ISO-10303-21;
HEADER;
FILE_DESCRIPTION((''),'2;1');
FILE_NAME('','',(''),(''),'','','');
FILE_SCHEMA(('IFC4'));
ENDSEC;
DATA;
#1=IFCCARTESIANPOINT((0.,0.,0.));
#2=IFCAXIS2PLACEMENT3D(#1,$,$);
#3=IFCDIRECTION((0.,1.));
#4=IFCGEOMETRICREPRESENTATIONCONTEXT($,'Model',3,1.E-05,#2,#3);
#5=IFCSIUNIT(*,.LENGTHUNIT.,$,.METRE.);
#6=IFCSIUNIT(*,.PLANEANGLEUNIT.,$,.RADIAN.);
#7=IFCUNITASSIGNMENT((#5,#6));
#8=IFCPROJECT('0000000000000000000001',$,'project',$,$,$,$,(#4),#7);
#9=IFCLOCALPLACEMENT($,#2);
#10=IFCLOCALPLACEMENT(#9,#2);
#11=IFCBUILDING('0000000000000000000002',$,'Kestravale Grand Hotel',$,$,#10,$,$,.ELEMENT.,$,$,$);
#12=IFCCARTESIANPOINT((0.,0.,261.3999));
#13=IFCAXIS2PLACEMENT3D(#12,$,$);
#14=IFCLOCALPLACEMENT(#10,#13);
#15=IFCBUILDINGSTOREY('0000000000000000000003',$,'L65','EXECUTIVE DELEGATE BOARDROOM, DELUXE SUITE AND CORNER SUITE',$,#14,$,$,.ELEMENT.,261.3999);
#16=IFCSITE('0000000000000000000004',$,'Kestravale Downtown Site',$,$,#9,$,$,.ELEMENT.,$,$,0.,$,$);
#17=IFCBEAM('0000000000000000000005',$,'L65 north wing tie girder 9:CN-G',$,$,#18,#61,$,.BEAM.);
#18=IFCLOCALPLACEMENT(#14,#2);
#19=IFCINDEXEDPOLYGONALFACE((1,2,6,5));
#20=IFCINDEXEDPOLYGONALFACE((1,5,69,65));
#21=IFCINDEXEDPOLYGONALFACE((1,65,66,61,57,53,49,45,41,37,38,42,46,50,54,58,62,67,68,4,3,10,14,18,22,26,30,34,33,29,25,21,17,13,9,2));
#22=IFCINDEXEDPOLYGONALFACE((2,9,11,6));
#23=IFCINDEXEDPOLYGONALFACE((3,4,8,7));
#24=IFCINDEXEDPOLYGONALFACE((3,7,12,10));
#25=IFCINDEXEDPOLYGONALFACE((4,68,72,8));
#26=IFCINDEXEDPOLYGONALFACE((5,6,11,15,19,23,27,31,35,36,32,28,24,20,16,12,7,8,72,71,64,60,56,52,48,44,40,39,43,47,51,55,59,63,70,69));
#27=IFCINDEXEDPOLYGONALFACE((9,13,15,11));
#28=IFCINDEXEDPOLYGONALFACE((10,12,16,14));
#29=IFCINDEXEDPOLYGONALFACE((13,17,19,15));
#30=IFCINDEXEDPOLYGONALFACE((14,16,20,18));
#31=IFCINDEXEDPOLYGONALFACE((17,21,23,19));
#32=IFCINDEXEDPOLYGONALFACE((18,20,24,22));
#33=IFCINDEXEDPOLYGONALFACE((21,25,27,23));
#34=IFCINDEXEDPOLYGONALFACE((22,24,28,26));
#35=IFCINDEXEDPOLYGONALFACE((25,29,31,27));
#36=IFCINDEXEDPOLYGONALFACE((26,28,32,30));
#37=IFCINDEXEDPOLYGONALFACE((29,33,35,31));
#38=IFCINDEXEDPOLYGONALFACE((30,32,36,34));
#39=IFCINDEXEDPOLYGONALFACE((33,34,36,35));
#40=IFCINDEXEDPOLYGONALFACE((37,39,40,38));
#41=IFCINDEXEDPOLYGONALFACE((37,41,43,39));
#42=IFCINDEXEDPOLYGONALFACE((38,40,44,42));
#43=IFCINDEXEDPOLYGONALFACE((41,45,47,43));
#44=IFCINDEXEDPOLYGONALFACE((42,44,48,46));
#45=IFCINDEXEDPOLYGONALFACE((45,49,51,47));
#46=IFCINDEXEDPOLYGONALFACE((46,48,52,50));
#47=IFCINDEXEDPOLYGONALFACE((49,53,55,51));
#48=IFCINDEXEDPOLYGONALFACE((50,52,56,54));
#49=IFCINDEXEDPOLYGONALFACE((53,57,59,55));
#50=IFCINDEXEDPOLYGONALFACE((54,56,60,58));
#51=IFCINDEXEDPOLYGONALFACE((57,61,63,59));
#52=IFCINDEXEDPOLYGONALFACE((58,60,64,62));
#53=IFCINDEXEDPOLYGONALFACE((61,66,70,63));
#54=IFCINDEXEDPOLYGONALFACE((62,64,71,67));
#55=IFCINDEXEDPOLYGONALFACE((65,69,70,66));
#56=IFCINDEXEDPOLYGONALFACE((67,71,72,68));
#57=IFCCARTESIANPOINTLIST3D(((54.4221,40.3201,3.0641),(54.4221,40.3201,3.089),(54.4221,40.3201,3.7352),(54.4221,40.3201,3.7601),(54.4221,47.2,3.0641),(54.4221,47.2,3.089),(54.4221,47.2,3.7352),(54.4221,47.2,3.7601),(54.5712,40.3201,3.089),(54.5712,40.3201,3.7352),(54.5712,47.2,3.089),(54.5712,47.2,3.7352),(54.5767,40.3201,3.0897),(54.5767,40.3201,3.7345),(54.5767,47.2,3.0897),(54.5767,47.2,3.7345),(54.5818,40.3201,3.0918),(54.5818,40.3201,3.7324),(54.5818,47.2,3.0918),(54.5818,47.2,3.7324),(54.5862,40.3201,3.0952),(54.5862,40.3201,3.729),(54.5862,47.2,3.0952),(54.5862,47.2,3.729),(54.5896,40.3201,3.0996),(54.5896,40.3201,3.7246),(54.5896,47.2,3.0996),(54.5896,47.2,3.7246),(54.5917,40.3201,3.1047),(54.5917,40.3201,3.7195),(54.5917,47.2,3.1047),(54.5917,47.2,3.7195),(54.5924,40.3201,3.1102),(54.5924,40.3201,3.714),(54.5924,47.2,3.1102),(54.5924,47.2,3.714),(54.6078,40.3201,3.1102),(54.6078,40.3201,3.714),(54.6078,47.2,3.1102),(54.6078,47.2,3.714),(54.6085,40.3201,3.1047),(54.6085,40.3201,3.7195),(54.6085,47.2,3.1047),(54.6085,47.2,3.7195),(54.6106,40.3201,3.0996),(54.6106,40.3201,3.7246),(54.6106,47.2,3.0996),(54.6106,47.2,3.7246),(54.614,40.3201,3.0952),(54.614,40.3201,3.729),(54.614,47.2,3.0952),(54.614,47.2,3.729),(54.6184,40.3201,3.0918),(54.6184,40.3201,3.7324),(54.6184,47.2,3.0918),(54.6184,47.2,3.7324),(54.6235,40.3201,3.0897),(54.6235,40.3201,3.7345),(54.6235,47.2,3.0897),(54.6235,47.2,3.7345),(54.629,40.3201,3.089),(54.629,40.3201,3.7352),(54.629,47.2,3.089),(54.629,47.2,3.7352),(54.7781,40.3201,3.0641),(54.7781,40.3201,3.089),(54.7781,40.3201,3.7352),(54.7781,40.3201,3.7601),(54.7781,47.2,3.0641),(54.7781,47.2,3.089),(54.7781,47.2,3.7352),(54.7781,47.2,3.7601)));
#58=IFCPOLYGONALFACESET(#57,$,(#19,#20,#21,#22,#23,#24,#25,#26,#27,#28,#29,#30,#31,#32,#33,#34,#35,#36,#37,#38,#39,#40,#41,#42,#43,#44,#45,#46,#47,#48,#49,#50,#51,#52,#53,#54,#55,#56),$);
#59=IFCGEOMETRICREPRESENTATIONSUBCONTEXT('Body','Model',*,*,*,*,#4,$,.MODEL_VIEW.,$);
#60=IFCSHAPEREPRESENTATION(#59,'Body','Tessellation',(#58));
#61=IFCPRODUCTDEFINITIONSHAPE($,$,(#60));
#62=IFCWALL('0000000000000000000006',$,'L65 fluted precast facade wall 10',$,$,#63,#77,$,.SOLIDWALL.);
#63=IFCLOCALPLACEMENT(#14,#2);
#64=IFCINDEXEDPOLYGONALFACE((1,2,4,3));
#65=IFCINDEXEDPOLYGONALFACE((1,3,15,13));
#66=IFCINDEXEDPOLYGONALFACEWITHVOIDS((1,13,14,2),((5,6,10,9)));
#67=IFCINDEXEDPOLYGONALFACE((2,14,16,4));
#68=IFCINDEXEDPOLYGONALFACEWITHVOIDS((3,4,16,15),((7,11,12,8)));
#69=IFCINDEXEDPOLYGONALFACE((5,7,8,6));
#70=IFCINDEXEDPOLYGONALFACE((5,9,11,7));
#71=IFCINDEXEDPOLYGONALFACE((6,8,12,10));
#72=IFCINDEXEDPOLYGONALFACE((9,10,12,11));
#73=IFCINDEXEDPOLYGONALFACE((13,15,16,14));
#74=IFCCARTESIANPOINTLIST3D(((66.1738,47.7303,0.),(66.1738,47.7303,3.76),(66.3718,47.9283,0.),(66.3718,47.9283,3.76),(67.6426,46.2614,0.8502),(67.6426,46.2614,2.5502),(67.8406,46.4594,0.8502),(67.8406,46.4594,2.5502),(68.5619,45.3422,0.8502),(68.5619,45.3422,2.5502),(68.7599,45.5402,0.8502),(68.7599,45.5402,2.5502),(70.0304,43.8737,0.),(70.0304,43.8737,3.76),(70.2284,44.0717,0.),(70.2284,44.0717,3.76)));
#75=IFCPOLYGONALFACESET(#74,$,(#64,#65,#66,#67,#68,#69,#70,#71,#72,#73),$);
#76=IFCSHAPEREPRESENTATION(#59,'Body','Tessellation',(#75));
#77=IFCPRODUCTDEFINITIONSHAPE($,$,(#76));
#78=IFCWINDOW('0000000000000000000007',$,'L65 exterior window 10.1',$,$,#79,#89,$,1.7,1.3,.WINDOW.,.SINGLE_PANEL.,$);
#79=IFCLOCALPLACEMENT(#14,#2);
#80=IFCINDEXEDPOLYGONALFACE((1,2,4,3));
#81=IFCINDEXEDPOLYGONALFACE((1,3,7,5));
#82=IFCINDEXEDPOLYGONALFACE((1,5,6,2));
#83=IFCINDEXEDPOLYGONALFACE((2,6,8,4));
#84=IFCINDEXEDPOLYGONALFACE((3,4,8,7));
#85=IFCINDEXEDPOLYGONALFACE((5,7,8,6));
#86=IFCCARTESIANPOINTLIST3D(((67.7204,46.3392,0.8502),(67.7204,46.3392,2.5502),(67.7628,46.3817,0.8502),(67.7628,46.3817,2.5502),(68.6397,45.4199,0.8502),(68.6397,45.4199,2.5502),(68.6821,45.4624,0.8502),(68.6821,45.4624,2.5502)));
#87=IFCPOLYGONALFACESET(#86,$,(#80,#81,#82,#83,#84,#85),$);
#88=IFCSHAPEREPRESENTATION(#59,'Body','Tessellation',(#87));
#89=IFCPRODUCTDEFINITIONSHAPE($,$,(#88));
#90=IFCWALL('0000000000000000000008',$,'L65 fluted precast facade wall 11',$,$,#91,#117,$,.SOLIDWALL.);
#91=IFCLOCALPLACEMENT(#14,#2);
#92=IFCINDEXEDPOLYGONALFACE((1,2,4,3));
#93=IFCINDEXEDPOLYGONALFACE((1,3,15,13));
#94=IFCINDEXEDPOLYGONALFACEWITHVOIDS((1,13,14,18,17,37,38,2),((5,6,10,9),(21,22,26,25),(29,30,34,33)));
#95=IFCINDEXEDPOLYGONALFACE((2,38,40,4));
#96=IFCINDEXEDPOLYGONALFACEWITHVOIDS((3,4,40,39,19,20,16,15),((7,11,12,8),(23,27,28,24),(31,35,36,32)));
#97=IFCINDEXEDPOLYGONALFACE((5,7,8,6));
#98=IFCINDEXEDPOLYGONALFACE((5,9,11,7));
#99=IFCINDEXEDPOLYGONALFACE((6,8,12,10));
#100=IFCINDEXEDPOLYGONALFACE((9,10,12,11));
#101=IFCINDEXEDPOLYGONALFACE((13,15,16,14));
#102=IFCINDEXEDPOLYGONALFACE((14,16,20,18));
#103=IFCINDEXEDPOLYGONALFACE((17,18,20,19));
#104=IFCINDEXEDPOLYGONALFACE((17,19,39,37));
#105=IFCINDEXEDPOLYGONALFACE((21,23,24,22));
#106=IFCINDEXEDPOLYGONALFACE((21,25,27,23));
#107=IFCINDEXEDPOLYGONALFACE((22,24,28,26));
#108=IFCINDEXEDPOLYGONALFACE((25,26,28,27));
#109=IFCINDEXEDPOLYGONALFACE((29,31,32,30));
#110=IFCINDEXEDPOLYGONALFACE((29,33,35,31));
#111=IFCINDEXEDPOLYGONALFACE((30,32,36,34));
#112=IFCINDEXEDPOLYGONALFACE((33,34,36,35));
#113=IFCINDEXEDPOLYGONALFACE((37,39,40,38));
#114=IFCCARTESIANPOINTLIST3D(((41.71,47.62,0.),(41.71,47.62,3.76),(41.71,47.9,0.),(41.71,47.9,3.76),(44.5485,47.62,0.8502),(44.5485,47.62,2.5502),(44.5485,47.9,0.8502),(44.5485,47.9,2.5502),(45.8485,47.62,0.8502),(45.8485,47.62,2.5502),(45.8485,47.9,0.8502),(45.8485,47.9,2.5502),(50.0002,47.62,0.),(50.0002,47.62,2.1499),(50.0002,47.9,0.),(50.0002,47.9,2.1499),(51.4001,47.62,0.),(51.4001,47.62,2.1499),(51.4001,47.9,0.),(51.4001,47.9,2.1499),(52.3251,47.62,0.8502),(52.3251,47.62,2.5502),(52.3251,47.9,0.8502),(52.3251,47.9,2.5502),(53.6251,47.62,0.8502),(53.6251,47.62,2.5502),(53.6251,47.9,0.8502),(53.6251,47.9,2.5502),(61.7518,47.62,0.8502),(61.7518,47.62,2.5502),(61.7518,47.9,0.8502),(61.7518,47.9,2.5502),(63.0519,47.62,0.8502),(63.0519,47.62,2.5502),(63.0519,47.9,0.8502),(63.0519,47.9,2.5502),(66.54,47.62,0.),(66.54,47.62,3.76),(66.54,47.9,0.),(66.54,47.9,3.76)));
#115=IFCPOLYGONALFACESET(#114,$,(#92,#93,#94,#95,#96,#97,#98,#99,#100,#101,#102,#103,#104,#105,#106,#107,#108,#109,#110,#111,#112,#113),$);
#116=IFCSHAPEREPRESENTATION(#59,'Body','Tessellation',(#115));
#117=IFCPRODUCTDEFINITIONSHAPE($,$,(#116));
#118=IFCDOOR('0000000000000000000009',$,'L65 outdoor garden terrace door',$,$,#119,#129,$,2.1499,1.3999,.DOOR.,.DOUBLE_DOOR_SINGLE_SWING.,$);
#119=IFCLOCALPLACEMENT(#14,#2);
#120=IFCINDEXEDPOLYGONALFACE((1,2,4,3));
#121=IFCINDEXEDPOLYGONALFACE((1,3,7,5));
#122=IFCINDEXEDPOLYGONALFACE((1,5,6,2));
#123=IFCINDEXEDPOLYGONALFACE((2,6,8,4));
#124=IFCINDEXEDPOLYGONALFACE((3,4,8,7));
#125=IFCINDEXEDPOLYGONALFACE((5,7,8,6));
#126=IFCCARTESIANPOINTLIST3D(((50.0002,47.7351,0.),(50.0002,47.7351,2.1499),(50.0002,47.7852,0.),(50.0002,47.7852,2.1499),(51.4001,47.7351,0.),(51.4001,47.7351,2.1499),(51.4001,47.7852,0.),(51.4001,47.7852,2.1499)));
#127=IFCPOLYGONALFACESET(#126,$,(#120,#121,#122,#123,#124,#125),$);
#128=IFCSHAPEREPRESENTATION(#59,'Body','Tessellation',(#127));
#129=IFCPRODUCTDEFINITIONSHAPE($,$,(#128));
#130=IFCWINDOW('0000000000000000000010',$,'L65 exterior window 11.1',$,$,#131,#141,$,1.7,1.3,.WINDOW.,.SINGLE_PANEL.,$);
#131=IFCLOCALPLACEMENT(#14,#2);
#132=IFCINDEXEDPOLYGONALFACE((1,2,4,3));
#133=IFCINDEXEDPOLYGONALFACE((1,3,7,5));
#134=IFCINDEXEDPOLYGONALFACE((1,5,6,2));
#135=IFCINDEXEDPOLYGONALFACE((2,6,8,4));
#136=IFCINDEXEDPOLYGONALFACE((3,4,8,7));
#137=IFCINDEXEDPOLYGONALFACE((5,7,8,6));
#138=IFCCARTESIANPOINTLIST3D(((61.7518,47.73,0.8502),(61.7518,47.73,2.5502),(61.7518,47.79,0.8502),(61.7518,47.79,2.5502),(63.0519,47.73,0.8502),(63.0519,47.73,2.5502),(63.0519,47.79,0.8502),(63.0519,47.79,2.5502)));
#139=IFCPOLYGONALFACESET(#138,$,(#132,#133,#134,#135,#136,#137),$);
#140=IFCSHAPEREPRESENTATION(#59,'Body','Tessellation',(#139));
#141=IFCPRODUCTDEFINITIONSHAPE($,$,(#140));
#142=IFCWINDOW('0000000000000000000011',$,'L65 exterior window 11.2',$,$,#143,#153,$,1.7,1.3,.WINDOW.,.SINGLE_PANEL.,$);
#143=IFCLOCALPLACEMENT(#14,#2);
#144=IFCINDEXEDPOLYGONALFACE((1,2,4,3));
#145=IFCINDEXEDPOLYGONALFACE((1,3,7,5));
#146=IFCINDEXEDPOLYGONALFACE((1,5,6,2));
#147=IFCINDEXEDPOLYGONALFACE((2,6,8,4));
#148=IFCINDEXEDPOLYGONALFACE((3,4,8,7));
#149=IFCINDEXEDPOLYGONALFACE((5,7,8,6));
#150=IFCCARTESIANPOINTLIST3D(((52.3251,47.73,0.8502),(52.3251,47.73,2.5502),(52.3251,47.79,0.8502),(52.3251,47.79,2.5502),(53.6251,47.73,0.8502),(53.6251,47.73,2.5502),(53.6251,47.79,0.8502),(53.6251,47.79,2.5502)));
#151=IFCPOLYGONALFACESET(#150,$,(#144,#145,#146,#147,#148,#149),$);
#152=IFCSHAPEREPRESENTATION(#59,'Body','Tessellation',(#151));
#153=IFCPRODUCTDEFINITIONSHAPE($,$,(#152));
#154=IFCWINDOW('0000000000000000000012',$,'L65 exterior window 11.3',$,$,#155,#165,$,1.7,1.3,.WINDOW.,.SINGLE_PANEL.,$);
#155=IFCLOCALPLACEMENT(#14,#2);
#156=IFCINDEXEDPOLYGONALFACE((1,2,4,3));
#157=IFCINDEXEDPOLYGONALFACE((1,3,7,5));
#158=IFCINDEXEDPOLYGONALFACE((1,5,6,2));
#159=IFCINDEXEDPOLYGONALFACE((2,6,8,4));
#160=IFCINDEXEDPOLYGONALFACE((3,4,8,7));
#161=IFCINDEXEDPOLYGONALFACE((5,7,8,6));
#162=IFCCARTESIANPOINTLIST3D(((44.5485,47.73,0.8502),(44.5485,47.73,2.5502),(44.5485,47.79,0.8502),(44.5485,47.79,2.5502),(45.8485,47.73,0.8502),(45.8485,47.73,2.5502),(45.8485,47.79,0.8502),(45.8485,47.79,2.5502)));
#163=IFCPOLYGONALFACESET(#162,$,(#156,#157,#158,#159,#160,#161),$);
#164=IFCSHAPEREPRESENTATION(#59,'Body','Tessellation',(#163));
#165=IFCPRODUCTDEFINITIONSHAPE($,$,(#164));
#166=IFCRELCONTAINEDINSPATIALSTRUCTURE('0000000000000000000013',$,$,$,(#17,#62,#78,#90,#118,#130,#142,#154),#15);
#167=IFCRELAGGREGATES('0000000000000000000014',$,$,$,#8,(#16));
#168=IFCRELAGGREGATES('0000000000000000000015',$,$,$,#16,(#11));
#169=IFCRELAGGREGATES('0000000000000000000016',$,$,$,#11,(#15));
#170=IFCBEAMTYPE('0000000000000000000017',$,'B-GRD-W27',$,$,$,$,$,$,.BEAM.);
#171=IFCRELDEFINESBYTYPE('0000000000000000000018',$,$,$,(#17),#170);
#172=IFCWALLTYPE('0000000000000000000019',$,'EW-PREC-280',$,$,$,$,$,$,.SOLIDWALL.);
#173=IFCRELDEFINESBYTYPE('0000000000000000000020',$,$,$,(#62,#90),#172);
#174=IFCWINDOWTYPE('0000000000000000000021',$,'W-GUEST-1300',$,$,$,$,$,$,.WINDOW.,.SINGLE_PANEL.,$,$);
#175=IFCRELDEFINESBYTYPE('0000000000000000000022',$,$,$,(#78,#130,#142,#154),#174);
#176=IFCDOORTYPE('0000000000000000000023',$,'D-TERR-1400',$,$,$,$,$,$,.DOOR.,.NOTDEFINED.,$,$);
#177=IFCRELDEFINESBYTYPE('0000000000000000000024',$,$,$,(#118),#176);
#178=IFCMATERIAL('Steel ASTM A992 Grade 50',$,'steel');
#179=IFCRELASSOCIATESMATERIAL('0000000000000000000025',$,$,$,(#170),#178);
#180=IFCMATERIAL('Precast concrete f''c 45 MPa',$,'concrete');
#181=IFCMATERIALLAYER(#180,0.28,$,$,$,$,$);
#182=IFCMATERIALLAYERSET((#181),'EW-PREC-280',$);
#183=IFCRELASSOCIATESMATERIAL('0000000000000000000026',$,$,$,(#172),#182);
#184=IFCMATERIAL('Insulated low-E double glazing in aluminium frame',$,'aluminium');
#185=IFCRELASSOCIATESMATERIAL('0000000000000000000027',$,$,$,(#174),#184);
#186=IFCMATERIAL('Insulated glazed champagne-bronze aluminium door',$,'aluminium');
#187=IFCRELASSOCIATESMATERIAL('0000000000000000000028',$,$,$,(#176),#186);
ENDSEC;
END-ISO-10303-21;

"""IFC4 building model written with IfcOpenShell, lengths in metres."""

from ifc_helpers import new_model, si_unit, direction, frame, frame_2d, origin, origin_2d, place, context, subcontext, project, spatial, rectangle, i_section, extrude, material, layer, layer_set, material_profile, profile_set, type_object, element, fill, save


model = new_model("IFC4")

# Units and contexts
model_context = context("Model", 3, precision=1e-05, world=origin(), true_north=direction((0.0, 1.0)))
body_context = subcontext(model_context, "Body", "Model", "MODEL_VIEW")
ifc_project = project(units=[si_unit("LENGTHUNIT", "METRE"), si_unit("PLANEANGLEUNIT", "RADIAN")], contexts=[model_context])

# Site, building, storey
site_placement = place(None, origin())
site = spatial("IfcSite", under=ifc_project, at=site_placement, Name="Kestravale Downtown Site", CompositionType="ELEMENT", RefElevation=0.0)
building_placement = place(site_placement, origin())
building = spatial("IfcBuilding", under=site, at=building_placement, Name="Kestravale Grand Hotel", CompositionType="ELEMENT")
storey_placement = place(building_placement, frame((0.0, 0.0, 261.3999)))
storey = spatial("IfcBuildingStorey", under=building, at=storey_placement, Name="L65", Description="EXECUTIVE DELEGATE BOARDROOM, DELUXE SUITE AND CORNER SUITE", CompositionType="ELEMENT", Elevation=261.3999)

# Beam
ifc_material_1 = material(Name="Steel ASTM A992 Grade 50", Category="steel")
ifc_material_profile_1 = material_profile(ifc_material_1, i_section(OverallWidth=0.356, OverallDepth=0.696, WebThickness=0.0154, FlangeThickness=0.0249, FilletRadius=0.0212, at=origin_2d()))
ifc_profile_set_1 = profile_set([ifc_material_profile_1], Name="Steel ASTM A992 Grade 50")
beam_type = type_object("IfcBeamType", Name="B-GRD-W27", PredefinedType="BEAM", material=ifc_profile_set_1)
beam_1_placement = place(storey_placement, frame((54.6001, 40.3201, 3.4121), z_axis=(0.0, 1.0, 0.0), x_axis=(-1.0, 0.0, 0.0)))
element("IfcBeam", 1, at=beam_1_placement, inside=storey, type_object=beam_type, Name="L65 north wing tie girder 9:CN-G", PredefinedType="BEAM", context=body_context, shape_type="SweptSolid", body=[
    extrude(i_section(OverallWidth=0.356, OverallDepth=0.696, WebThickness=0.0154, FlangeThickness=0.0249, FilletRadius=0.0212, at=origin_2d()), origin(), (0.0, 0.0, 1.0), 6.8799),
])

# Wall, opening, window
ifc_material_2 = material(Name="Precast concrete f'c 45 MPa", Category="concrete")
ifc_layer_1 = layer(ifc_material_2, 0.28)
ifc_layer_set_1 = layer_set([ifc_layer_1], Name="EW-PREC-280")
wall_type_1 = type_object("IfcWallType", Name="EW-PREC-280", PredefinedType="SOLIDWALL", material=ifc_layer_set_1)
wall_1_placement = place(storey_placement, frame((70.1294, 43.9727, 0.0), z_axis=(0.0, 0.0, 1.0), x_axis=(-0.707107, 0.707107, 0.0)))
wall_1 = element("IfcWall", 2, at=wall_1_placement, inside=storey, type_object=wall_type_1, Name="L65 fluted precast facade wall 10", PredefinedType="SOLIDWALL", context=body_context, shape_type="SweptSolid", body=[
    extrude(rectangle(XDim=5.4541, YDim=0.28, at=frame_2d((2.7271, 0.0))), origin(), (0.0, 0.0, 1.0), 3.76),
])
opening_1_placement = place(wall_1_placement, frame((2.0769, 0.0, 0.8501)))
opening_1 = element("IfcOpeningElement", 3, at=opening_1_placement, cuts=wall_1, PredefinedType="OPENING", context=body_context, shape_type="SweptSolid", body=[
    extrude(rectangle(XDim=1.3, YDim=1.7, at=frame_2d((0.6499, 0.8501))), frame((0.0, 0.1499, 0.0), z_axis=(0.0, -1.0, 0.0), x_axis=(1.0, 0.0, 0.0)), (0.0, 0.0, 1.0), 0.3),
])
ifc_material_3 = material(Name="Insulated low-E double glazing in aluminium frame", Category="aluminium")
window_type = type_object("IfcWindowType", Name="W-GUEST-1300", PartitioningType="SINGLE_PANEL", PredefinedType="WINDOW", material=ifc_material_3)
window_1_placement = place(opening_1_placement, origin())
window_1 = element("IfcWindow", 4, at=window_1_placement, inside=storey, type_object=window_type, Name="L65 exterior window 10.1", OverallHeight=1.7, OverallWidth=1.3, PartitioningType="SINGLE_PANEL", PredefinedType="WINDOW", context=body_context, shape_type="SweptSolid", body=[
    extrude(rectangle(XDim=1.3, YDim=1.7, at=frame_2d((0.6499, 0.8501))), frame((0.0, 0.03, 0.0), z_axis=(0.0, -1.0, 0.0), x_axis=(1.0, 0.0, 0.0)), (0.0, 0.0, 1.0), 0.0601),
])
fill(opening_1, window_1)

# Wall, openings, door, windows
wall_2_placement = place(storey_placement, frame((66.54, 47.76, 0.0), z_axis=(0.0, 0.0, 1.0), x_axis=(-1.0, 0.0, 0.0)))
wall_2 = element("IfcWall", 5, at=wall_2_placement, inside=storey, type_object=wall_type_1, Name="L65 fluted precast facade wall 11", PredefinedType="SOLIDWALL", context=body_context, shape_type="SweptSolid", body=[
    extrude(rectangle(XDim=24.8301, YDim=0.28, at=frame_2d((12.415, 0.0))), origin(), (0.0, 0.0, 1.0), 3.76),
])
opening_2_placement = place(wall_2_placement, frame((15.1399, 0.0, 0.0)))
opening_2 = element("IfcOpeningElement", 6, at=opening_2_placement, cuts=wall_2, PredefinedType="OPENING", context=body_context, shape_type="SweptSolid", body=[
    extrude(rectangle(XDim=1.3999, YDim=2.1499, at=frame_2d((0.7, 1.075))), frame((0.0, 0.1499, 0.0), z_axis=(0.0, -1.0, 0.0), x_axis=(1.0, 0.0, 0.0)), (0.0, 0.0, 1.0), 0.3),
])
opening_3_placement = place(wall_2_placement, frame((3.4883, 0.0, 0.8501)))
opening_3 = element("IfcOpeningElement", 7, at=opening_3_placement, cuts=wall_2, PredefinedType="OPENING", context=body_context, shape_type="SweptSolid", body=[
    extrude(rectangle(XDim=1.3, YDim=1.7, at=frame_2d((0.6499, 0.8501))), frame((0.0, 0.1499, 0.0), z_axis=(0.0, -1.0, 0.0), x_axis=(1.0, 0.0, 0.0)), (0.0, 0.0, 1.0), 0.3),
])
opening_4_placement = place(wall_2_placement, frame((12.915, 0.0, 0.8501)))
opening_4 = element("IfcOpeningElement", 8, at=opening_4_placement, cuts=wall_2, PredefinedType="OPENING", context=body_context, shape_type="SweptSolid", body=[
    extrude(rectangle(XDim=1.3, YDim=1.7, at=frame_2d((0.6499, 0.8501))), frame((0.0, 0.1499, 0.0), z_axis=(0.0, -1.0, 0.0), x_axis=(1.0, 0.0, 0.0)), (0.0, 0.0, 1.0), 0.3),
])
opening_5_placement = place(wall_2_placement, frame((20.6917, 0.0, 0.8501)))
opening_5 = element("IfcOpeningElement", 9, at=opening_5_placement, cuts=wall_2, PredefinedType="OPENING", context=body_context, shape_type="SweptSolid", body=[
    extrude(rectangle(XDim=1.3, YDim=1.7, at=frame_2d((0.6499, 0.8501))), frame((0.0, 0.1499, 0.0), z_axis=(0.0, -1.0, 0.0), x_axis=(1.0, 0.0, 0.0)), (0.0, 0.0, 1.0), 0.3),
])
ifc_material_4 = material(Name="Insulated glazed champagne-bronze aluminium door", Category="aluminium")
door_type_1 = type_object("IfcDoorType", Name="D-TERR-1400", OperationType="NOTDEFINED", PredefinedType="DOOR", material=ifc_material_4)
door_1_placement = place(opening_2_placement, origin())
door_1 = element("IfcDoor", 10, at=door_1_placement, inside=storey, type_object=door_type_1, Name="L65 outdoor garden terrace door", OperationType="DOUBLE_DOOR_SINGLE_SWING", OverallHeight=2.1499, OverallWidth=1.3999, PredefinedType="DOOR", context=body_context, shape_type="SweptSolid", body=[
    extrude(rectangle(XDim=1.3999, YDim=2.1499, at=frame_2d((0.7, 1.075))), frame((0.0, 0.0249, 0.0), z_axis=(0.0, -1.0, 0.0), x_axis=(1.0, 0.0, 0.0)), (0.0, 0.0, 1.0), 0.05),
])
fill(opening_2, door_1)
window_2_placement = place(opening_3_placement, origin())
window_2 = element("IfcWindow", 11, at=window_2_placement, inside=storey, type_object=window_type, Name="L65 exterior window 11.1", OverallHeight=1.7, OverallWidth=1.3, PartitioningType="SINGLE_PANEL", PredefinedType="WINDOW", context=body_context, shape_type="SweptSolid", body=[
    extrude(rectangle(XDim=1.3, YDim=1.7, at=frame_2d((0.6499, 0.8501))), frame((0.0, 0.03, 0.0), z_axis=(0.0, -1.0, 0.0), x_axis=(1.0, 0.0, 0.0)), (0.0, 0.0, 1.0), 0.0601),
])
fill(opening_3, window_2)
window_3_placement = place(opening_4_placement, origin())
window_3 = element("IfcWindow", 12, at=window_3_placement, inside=storey, type_object=window_type, Name="L65 exterior window 11.2", OverallHeight=1.7, OverallWidth=1.3, PartitioningType="SINGLE_PANEL", PredefinedType="WINDOW", context=body_context, shape_type="SweptSolid", body=[
    extrude(rectangle(XDim=1.3, YDim=1.7, at=frame_2d((0.6499, 0.8501))), frame((0.0, 0.03, 0.0), z_axis=(0.0, -1.0, 0.0), x_axis=(1.0, 0.0, 0.0)), (0.0, 0.0, 1.0), 0.0601),
])
fill(opening_4, window_3)
window_4_placement = place(opening_5_placement, origin())
window_4 = element("IfcWindow", 13, at=window_4_placement, inside=storey, type_object=window_type, Name="L65 exterior window 11.3", OverallHeight=1.7, OverallWidth=1.3, PartitioningType="SINGLE_PANEL", PredefinedType="WINDOW", context=body_context, shape_type="SweptSolid", body=[
    extrude(rectangle(XDim=1.3, YDim=1.7, at=frame_2d((0.6499, 0.8501))), frame((0.0, 0.03, 0.0), z_axis=(0.0, -1.0, 0.0), x_axis=(1.0, 0.0, 0.0)), (0.0, 0.0, 1.0), 0.0601),
])
fill(opening_5, window_4)

save(model, "model.ifc")
